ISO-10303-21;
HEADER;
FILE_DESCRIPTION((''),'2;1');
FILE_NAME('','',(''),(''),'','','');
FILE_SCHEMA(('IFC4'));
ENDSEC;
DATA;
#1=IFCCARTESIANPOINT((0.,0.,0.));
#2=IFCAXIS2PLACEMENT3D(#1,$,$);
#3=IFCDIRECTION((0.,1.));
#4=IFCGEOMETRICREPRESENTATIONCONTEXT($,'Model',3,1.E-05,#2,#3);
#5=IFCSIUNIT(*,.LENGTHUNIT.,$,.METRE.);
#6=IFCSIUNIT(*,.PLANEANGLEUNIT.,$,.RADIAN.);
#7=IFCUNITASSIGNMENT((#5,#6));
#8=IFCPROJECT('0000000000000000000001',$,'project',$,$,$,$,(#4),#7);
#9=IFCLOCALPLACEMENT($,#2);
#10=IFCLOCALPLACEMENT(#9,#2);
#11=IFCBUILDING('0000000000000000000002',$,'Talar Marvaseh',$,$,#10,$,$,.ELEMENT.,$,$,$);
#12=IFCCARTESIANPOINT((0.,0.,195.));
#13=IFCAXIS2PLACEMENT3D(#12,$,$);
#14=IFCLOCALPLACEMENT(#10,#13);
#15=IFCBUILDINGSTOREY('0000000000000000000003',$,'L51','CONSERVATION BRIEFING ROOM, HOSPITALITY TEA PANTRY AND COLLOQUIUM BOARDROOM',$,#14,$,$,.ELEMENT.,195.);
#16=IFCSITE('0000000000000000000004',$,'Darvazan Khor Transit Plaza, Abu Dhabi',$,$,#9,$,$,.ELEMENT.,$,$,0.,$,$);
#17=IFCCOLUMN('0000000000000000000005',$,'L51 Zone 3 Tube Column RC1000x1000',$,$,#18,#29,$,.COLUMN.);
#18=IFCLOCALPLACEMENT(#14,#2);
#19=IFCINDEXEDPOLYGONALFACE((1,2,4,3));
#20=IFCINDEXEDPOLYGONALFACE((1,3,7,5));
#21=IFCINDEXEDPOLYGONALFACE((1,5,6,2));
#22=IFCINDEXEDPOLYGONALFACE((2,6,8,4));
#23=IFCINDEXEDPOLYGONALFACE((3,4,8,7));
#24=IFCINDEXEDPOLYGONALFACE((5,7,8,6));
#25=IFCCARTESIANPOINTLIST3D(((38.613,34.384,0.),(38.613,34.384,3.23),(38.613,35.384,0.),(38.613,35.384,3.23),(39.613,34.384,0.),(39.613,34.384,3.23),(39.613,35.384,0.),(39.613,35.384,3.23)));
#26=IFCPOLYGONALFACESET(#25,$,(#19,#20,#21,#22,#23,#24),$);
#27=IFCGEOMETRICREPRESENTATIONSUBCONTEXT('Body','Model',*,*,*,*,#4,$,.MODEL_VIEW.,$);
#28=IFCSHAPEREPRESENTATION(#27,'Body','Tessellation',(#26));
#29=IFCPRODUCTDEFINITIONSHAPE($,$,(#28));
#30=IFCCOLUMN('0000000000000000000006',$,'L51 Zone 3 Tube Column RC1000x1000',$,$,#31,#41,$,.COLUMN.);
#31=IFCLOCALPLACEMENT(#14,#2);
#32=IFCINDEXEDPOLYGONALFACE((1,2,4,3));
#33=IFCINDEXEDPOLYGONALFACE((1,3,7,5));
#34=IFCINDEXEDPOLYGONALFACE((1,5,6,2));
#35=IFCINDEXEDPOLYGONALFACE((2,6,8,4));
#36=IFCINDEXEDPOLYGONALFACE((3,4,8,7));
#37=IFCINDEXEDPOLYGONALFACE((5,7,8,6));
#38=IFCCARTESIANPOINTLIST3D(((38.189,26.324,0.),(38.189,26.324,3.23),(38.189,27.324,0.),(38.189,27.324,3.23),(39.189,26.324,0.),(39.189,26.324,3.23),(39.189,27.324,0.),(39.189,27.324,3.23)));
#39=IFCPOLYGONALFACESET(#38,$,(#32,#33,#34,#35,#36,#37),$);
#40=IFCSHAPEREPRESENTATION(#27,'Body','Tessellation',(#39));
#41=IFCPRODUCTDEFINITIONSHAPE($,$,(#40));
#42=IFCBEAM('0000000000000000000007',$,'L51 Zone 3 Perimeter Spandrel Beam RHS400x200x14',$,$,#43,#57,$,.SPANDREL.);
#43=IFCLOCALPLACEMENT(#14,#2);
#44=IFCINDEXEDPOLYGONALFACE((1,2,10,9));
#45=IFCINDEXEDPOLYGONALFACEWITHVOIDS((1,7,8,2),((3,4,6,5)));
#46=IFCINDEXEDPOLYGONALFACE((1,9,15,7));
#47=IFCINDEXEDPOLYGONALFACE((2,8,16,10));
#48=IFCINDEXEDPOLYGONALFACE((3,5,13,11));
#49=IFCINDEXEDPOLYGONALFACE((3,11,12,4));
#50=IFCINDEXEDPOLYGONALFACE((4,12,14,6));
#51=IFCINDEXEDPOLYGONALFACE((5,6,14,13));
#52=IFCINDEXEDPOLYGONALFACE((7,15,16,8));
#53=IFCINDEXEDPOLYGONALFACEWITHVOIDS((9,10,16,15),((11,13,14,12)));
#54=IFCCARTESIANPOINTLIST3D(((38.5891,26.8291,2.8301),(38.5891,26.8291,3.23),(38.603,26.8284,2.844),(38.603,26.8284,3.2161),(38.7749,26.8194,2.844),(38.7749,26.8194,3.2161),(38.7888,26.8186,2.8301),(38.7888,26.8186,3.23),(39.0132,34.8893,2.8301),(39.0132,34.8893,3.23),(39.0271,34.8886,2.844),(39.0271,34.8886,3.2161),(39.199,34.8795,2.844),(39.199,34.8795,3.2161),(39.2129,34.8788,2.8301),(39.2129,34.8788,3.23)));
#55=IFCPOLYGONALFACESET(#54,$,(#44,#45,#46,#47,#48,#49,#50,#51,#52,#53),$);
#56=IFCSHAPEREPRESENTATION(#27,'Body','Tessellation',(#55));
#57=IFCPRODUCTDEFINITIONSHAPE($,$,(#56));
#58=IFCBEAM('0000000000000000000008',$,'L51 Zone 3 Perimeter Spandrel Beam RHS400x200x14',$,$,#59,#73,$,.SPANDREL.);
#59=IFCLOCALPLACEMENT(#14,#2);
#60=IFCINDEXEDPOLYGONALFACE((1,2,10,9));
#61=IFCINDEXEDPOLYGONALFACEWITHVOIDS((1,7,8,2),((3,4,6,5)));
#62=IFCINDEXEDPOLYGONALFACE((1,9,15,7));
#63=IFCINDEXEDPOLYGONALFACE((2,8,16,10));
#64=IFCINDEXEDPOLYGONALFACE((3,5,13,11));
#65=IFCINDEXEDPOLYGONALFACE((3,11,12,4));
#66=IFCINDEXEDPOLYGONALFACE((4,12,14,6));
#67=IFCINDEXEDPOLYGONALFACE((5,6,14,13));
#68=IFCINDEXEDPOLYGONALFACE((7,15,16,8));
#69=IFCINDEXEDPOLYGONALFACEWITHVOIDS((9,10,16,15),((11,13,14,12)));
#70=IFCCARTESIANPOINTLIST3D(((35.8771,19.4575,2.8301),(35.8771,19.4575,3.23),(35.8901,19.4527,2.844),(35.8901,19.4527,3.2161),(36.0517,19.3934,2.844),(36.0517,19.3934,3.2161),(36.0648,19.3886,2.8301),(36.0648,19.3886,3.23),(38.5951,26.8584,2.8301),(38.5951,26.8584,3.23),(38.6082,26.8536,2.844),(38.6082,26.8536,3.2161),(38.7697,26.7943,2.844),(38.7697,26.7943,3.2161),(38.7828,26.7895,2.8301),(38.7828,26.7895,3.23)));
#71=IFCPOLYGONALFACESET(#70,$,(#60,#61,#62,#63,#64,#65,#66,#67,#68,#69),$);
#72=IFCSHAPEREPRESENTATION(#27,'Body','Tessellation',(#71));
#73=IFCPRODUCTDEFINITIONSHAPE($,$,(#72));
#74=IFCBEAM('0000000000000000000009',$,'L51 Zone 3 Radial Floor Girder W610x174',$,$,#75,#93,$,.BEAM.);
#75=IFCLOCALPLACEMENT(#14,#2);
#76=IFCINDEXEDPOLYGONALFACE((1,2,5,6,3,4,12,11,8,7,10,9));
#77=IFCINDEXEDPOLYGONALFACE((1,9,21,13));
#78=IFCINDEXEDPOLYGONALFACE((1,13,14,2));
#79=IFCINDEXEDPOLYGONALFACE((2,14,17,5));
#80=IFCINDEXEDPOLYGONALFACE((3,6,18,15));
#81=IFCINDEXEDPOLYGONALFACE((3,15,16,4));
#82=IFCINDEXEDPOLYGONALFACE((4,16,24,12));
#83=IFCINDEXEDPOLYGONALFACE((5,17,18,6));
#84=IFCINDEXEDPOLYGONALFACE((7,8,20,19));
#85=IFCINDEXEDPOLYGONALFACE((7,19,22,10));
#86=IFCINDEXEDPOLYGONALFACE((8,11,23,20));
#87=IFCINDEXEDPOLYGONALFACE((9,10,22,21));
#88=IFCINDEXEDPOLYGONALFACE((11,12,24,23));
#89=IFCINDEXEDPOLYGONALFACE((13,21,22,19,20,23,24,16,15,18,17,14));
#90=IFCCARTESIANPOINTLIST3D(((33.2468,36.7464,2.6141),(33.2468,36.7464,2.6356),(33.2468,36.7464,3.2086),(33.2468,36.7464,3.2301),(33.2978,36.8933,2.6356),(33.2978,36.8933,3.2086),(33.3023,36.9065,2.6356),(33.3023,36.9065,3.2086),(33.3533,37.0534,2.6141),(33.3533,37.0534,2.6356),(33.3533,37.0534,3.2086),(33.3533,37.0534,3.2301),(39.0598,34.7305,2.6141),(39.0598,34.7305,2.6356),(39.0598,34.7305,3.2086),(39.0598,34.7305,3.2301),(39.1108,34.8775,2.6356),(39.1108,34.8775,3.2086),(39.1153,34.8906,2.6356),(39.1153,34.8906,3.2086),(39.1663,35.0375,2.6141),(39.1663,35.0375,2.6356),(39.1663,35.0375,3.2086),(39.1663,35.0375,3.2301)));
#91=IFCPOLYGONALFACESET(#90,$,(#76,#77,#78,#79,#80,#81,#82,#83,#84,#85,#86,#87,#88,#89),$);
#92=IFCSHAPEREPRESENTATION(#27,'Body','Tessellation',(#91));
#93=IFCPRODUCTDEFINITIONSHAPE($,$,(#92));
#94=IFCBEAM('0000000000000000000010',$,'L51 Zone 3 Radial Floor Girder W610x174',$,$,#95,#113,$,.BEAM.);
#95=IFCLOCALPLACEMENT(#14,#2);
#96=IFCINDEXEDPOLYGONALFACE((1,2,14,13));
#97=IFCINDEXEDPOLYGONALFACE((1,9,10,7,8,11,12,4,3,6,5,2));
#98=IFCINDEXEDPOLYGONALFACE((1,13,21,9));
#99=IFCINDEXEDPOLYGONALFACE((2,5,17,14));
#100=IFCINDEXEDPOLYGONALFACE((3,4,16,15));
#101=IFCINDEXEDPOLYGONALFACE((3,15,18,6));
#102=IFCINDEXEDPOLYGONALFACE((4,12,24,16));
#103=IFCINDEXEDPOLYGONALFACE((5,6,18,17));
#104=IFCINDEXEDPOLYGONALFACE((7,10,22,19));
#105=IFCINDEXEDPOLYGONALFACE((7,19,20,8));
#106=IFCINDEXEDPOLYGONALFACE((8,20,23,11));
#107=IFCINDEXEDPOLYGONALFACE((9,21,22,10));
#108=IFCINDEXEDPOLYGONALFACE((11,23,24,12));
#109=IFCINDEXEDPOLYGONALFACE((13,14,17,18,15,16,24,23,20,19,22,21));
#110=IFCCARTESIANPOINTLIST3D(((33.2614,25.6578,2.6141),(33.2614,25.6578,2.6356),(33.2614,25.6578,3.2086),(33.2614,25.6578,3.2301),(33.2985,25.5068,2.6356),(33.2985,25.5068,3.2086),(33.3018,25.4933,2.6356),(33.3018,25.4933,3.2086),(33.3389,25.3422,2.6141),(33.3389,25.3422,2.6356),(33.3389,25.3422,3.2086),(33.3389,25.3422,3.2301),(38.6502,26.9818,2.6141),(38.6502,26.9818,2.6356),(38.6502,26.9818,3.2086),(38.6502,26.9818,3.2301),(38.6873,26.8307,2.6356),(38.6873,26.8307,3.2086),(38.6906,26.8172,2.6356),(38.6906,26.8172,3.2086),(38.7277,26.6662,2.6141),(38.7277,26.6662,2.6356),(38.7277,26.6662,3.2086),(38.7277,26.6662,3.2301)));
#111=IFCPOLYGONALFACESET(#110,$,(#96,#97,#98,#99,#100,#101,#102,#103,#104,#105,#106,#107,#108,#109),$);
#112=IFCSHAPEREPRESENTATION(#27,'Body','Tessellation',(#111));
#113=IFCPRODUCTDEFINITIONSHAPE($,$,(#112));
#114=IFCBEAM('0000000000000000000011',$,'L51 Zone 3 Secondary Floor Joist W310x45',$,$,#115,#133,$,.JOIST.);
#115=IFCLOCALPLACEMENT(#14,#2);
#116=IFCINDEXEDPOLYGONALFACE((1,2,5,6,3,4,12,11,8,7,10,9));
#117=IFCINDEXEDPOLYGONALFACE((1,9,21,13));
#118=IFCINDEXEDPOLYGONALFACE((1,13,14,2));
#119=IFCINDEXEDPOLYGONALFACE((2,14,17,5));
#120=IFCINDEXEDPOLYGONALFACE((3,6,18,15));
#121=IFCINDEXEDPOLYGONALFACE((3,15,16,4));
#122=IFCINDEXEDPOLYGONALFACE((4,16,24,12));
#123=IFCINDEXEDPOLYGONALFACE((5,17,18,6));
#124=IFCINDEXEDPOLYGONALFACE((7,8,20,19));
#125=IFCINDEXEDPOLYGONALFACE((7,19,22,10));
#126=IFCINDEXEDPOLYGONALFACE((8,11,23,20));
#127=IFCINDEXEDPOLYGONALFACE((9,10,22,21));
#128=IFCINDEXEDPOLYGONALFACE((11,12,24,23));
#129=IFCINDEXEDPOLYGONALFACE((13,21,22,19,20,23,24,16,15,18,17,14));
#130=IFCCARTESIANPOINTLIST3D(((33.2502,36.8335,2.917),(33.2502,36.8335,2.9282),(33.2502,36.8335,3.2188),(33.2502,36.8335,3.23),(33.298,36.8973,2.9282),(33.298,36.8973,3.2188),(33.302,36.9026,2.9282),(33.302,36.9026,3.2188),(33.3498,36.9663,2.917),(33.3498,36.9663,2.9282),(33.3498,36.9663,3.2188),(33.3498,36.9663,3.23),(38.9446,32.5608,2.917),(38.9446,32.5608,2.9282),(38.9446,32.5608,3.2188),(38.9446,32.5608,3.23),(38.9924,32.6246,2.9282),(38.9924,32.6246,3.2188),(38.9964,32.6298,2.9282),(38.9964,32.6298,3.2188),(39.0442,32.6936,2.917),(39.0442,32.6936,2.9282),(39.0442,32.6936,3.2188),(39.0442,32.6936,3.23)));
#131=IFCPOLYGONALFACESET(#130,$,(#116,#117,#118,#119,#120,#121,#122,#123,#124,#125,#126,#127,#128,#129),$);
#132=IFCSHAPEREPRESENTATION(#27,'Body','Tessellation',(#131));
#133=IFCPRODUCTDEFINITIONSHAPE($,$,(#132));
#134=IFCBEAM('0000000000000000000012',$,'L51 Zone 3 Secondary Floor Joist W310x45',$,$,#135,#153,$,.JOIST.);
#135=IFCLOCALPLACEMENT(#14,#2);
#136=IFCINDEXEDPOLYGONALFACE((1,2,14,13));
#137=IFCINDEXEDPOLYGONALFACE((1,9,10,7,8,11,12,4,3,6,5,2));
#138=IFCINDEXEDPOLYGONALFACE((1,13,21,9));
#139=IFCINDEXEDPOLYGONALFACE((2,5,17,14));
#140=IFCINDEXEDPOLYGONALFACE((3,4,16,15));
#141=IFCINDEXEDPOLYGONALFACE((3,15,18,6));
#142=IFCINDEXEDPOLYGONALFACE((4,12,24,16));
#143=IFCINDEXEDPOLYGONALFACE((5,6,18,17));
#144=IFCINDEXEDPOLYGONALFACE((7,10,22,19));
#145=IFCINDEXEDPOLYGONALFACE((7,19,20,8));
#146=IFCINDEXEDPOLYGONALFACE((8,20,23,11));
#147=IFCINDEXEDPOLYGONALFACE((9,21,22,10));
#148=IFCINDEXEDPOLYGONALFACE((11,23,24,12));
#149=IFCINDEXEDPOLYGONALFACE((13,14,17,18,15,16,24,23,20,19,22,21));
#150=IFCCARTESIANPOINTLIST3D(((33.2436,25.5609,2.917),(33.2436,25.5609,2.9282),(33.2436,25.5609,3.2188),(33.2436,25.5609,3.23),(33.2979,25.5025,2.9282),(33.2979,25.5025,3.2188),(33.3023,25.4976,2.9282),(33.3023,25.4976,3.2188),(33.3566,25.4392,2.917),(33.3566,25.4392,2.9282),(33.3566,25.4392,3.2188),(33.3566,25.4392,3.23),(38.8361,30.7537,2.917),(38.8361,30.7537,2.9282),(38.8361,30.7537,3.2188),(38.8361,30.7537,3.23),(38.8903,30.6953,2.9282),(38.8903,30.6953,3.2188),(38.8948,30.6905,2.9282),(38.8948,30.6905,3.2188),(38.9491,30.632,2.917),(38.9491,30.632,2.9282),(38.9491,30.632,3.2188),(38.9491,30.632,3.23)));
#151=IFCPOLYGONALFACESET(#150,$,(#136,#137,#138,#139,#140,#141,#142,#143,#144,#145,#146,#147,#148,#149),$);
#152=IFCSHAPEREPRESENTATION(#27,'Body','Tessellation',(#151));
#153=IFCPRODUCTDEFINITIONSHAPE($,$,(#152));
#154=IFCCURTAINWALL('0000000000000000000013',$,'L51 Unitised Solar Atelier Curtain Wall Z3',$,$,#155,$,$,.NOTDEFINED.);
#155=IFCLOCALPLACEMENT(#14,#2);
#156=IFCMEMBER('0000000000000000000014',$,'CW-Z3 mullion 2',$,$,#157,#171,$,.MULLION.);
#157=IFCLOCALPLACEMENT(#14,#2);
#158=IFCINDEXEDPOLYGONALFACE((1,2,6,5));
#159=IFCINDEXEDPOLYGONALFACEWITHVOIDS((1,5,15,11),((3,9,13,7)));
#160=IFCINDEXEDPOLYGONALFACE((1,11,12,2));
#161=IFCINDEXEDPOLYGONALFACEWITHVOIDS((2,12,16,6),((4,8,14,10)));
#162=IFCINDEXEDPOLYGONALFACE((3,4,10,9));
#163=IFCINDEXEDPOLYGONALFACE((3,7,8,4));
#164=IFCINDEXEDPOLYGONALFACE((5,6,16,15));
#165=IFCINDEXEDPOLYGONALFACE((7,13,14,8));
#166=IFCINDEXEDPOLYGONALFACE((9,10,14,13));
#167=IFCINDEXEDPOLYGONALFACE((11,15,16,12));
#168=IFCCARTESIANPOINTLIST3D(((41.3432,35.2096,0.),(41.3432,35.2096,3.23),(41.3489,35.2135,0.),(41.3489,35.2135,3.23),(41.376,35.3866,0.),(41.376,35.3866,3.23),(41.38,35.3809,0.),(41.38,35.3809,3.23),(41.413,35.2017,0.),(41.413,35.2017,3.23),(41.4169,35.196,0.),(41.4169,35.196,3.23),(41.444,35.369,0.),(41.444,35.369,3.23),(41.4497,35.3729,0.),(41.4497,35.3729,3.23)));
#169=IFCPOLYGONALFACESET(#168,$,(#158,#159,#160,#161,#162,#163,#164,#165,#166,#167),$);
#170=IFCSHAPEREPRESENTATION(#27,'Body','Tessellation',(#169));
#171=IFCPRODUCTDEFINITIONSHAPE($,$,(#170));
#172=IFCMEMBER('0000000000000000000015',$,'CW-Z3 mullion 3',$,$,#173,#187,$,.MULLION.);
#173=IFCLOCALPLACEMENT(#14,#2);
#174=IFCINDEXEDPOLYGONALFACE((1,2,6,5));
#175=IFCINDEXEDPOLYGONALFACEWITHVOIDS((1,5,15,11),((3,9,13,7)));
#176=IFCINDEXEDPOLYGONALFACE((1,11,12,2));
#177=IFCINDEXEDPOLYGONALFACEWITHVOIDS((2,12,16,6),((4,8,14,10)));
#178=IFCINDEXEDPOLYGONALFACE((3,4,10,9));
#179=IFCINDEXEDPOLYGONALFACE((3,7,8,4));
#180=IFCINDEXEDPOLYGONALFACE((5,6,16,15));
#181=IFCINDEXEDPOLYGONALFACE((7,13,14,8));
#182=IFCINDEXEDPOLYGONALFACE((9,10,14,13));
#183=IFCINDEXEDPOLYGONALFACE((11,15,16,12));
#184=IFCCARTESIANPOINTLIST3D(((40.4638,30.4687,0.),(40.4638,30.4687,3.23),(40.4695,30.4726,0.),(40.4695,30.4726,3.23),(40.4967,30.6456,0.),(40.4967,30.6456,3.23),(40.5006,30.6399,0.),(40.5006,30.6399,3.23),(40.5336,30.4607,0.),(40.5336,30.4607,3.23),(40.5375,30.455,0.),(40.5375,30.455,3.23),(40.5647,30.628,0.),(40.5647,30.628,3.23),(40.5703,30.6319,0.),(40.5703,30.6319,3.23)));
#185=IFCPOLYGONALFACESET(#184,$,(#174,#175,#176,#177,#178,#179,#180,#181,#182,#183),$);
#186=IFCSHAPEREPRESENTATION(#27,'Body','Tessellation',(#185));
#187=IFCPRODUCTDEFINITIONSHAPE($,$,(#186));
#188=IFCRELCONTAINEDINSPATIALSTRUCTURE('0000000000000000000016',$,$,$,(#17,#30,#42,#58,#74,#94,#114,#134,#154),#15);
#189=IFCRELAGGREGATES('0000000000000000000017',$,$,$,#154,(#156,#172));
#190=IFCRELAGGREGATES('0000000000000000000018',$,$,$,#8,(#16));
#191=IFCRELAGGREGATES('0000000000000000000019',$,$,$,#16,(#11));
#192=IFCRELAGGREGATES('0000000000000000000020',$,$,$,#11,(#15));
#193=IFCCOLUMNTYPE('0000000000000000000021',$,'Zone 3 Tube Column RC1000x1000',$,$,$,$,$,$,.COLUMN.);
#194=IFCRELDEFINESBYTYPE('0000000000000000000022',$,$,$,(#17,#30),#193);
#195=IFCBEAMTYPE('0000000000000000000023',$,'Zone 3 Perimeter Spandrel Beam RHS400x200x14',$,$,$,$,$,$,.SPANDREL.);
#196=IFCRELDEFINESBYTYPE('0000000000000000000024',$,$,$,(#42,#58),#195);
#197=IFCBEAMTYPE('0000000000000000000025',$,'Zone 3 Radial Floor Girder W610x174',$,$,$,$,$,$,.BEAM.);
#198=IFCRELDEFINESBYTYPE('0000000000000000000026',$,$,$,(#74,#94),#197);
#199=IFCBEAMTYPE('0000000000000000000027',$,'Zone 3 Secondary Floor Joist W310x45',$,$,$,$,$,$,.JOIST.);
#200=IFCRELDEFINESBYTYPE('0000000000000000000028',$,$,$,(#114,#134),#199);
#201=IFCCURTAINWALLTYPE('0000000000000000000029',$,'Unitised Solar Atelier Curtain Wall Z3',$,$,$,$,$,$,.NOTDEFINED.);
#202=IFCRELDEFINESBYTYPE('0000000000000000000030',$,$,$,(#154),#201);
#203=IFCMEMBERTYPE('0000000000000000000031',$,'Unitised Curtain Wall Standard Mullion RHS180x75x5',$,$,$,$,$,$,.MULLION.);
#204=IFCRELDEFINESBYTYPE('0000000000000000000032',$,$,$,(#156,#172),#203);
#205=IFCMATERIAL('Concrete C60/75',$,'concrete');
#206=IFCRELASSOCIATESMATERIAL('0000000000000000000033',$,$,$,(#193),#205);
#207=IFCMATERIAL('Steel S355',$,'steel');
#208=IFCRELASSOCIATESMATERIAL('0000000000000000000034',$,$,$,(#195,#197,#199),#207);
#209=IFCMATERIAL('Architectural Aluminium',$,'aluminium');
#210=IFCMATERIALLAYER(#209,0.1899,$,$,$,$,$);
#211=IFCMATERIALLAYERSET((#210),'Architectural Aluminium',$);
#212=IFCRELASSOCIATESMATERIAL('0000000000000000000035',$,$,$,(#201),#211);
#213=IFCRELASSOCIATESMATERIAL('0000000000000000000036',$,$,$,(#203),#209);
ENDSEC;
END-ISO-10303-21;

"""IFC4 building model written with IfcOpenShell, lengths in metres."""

from ifc_helpers import new_model, si_unit, direction, frame, origin, origin_2d, place, context, subcontext, project, spatial, rectangle, hollow_rectangle, i_section, extrude, source, transform, mapped, material, layer, layer_set, material_profile, profile_set, type_object, type_shapes, element, aggregate, save


model = new_model("IFC4")

# Units and contexts
model_context = context("Model", 3, precision=1e-05, world=origin(), true_north=direction((0.0, 1.0)))
body_context = subcontext(model_context, "Body", "Model", "MODEL_VIEW")
ifc_project = project(units=[si_unit("LENGTHUNIT", "METRE"), si_unit("PLANEANGLEUNIT", "RADIAN")], contexts=[model_context])

# Site, building, storey
site_placement = place(None, origin())
site = spatial("IfcSite", under=ifc_project, at=site_placement, Name="Darvazan Khor Transit Plaza, Abu Dhabi", CompositionType="ELEMENT", RefElevation=0.0)
building_placement = place(site_placement, origin())
building = spatial("IfcBuilding", under=site, at=building_placement, Name="Talar Marvaseh", CompositionType="ELEMENT")
storey_placement = place(building_placement, frame((0.0, 0.0, 195.0)))
storey = spatial("IfcBuildingStorey", under=building, at=storey_placement, Name="L51", Description="CONSERVATION BRIEFING ROOM, HOSPITALITY TEA PANTRY AND COLLOQUIUM BOARDROOM", CompositionType="ELEMENT", Elevation=195.0)

# Columns
ifc_material_1 = material(Name="Concrete C60/75", Category="concrete")
ifc_material_profile_1 = material_profile(ifc_material_1, rectangle(XDim=1.0, YDim=1.0, at=origin_2d()), Name="RC1000x1000")
ifc_profile_set_1 = profile_set([ifc_material_profile_1], Name="Concrete C60/75")
column_type = type_object("IfcColumnType", Name="Zone 3 Tube Column RC1000x1000", PredefinedType="COLUMN", material=ifc_profile_set_1)
for number, where, z_axis, x_axis, name in (
    (1, (39.113, 34.884, 0.0), (0.0, 0.0, 1.0), (1.0, 0.0, 0.0), "L51 Zone 3 Tube Column RC1000x1000"),
    (2, (38.689, 26.824, 0.0), (0.0, 0.0, 1.0), (1.0, 0.0, 0.0), "L51 Zone 3 Tube Column RC1000x1000"),
):
    element("IfcColumn", number, at=place(storey_placement, frame(where, z_axis=z_axis, x_axis=x_axis)), inside=storey, type_object=column_type, Name=name, PredefinedType="COLUMN", context=body_context, shape_type="SweptSolid", body=[
        extrude(rectangle(XDim=1.0, YDim=1.0, at=origin_2d()), origin(), (0.0, 0.0, 1.0), 3.23),
    ])

# Beams
ifc_material_2 = material(Name="Steel S355", Category="steel")
ifc_material_profile_2 = material_profile(ifc_material_2, hollow_rectangle(XDim=0.2, YDim=0.3999, WallThickness=0.0139, at=origin_2d()), Name="RHS400x200x14")
ifc_profile_set_2 = profile_set([ifc_material_profile_2], Name="Steel S355")
beam_type_1 = type_object("IfcBeamType", Name="Zone 3 Perimeter Spandrel Beam RHS400x200x14", PredefinedType="SPANDREL", material=ifc_profile_set_2)
beam_1_placement = place(storey_placement, frame((39.113, 34.884, 3.03), z_axis=(-0.052541, -0.998619, 0.0), x_axis=(0.998619, -0.052541, 0.0)))
element("IfcBeam", 3, at=beam_1_placement, inside=storey, type_object=beam_type_1, Name="L51 Zone 3 Perimeter Spandrel Beam RHS400x200x14", PredefinedType="SPANDREL", context=body_context, shape_type="SweptSolid", body=[
    extrude(hollow_rectangle(XDim=0.2, YDim=0.3999, WallThickness=0.0139, at=origin_2d()), origin(), (0.0, 0.0, 1.0), 8.0713),
])
beam_2_placement = place(storey_placement, frame((38.689, 26.824, 3.03), z_axis=(-0.344742, -0.938697, 0.0), x_axis=(0.938697, -0.344742, 0.0)))
element("IfcBeam", 4, at=beam_2_placement, inside=storey, type_object=beam_type_1, Name="L51 Zone 3 Perimeter Spandrel Beam RHS400x200x14", PredefinedType="SPANDREL", context=body_context, shape_type="SweptSolid", body=[
    extrude(hollow_rectangle(XDim=0.2, YDim=0.3999, WallThickness=0.0139, at=origin_2d()), origin(), (0.0, 0.0, 1.0), 7.8843),
])
ifc_material_profile_3 = material_profile(ifc_material_2, i_section(OverallWidth=0.325, OverallDepth=0.616, WebThickness=0.0139, FlangeThickness=0.0215, at=origin_2d()), Name="W610x174")
ifc_profile_set_3 = profile_set([ifc_material_profile_3], Name="Steel S355")
beam_type_2 = type_object("IfcBeamType", Name="Zone 3 Radial Floor Girder W610x174", PredefinedType="BEAM", material=ifc_profile_set_3)
beam_3_placement = place(storey_placement, frame((39.113, 34.884, 2.9221), z_axis=(-0.944801, 0.327645, 0.0), x_axis=(-0.327645, -0.944801, 0.0)))
element("IfcBeam", 5, at=beam_3_placement, inside=storey, type_object=beam_type_2, Name="L51 Zone 3 Radial Floor Girder W610x174", PredefinedType="BEAM", context=body_context, shape_type="SweptSolid", body=[
    extrude(i_section(OverallWidth=0.325, OverallDepth=0.616, WebThickness=0.0139, FlangeThickness=0.0215, at=origin_2d()), origin(), (0.0, 0.0, 1.0), 6.1526),
])
beam_4_placement = place(storey_placement, frame((38.689, 26.824, 2.9221), z_axis=(-0.971121, -0.23859, 0.0), x_axis=(0.23859, -0.971121, 0.0)))
element("IfcBeam", 6, at=beam_4_placement, inside=storey, type_object=beam_type_2, Name="L51 Zone 3 Radial Floor Girder W610x174", PredefinedType="BEAM", context=body_context, shape_type="SweptSolid", body=[
    extrude(i_section(OverallWidth=0.325, OverallDepth=0.616, WebThickness=0.0139, FlangeThickness=0.0215, at=origin_2d()), origin(), (0.0, 0.0, 1.0), 5.5491),
])
ifc_material_profile_4 = material_profile(ifc_material_2, i_section(OverallWidth=0.166, OverallDepth=0.313, WebThickness=0.0066, FlangeThickness=0.0112, at=origin_2d()), Name="W310x45")
ifc_profile_set_4 = profile_set([ifc_material_profile_4], Name="Steel S355")
beam_type_3 = type_object("IfcBeamType", Name="Zone 3 Secondary Floor Joist W310x45", PredefinedType="JOIST", material=ifc_profile_set_4)
beam_5_placement = place(storey_placement, frame((38.9944, 32.6272, 3.0735), z_axis=(-0.799868, 0.600176, 0.0), x_axis=(-0.600176, -0.799868, 0.0)))
element("IfcBeam", 7, at=beam_5_placement, inside=storey, type_object=beam_type_3, Name="L51 Zone 3 Secondary Floor Joist W310x45", PredefinedType="JOIST", context=body_context, shape_type="SweptSolid", body=[
    extrude(i_section(OverallWidth=0.166, OverallDepth=0.313, WebThickness=0.0066, FlangeThickness=0.0112, at=origin_2d()), origin(), (0.0, 0.0, 1.0), 7.1191),
])
beam_6_placement = place(storey_placement, frame((38.8926, 30.6929, 3.0735), z_axis=(-0.732806, -0.680438, 0.0), x_axis=(0.680438, -0.732806, 0.0)))
element("IfcBeam", 8, at=beam_6_placement, inside=storey, type_object=beam_type_3, Name="L51 Zone 3 Secondary Floor Joist W310x45", PredefinedType="JOIST", context=body_context, shape_type="SweptSolid", body=[
    extrude(i_section(OverallWidth=0.166, OverallDepth=0.313, WebThickness=0.0066, FlangeThickness=0.0112, at=origin_2d()), origin(), (0.0, 0.0, 1.0), 7.6316),
])

# Curtain wall, members
ifc_material_3 = material(Name="Architectural Aluminium", Category="aluminium")
ifc_layer_1 = layer(ifc_material_3, 0.1899)
ifc_layer_set_1 = layer_set([ifc_layer_1], Name="Architectural Aluminium")
curtain_wall_type = type_object("IfcCurtainWallType", Name="Unitised Solar Atelier Curtain Wall Z3", PredefinedType="NOTDEFINED", material=ifc_layer_set_1)
curtain_wall_placement = place(storey_placement, origin())
curtain_wall = element("IfcCurtainWall", 9, at=curtain_wall_placement, inside=storey, type_object=curtain_wall_type, Name="L51 Unitised Solar Atelier Curtain Wall Z3", PredefinedType="NOTDEFINED")
ifc_material_profile_5 = material_profile(ifc_material_3, hollow_rectangle(XDim=0.075, YDim=0.1799, WallThickness=0.0049, at=origin_2d()), Name="RHS180x75x5")
ifc_profile_set_5 = profile_set([ifc_material_profile_5], Name="Architectural Aluminium")
member_type_1 = type_object("IfcMemberType", Name="Unitised Curtain Wall Standard Mullion RHS180x75x5", PredefinedType="MULLION", material=ifc_profile_set_5)
shared_shape_1 = source(origin(), body_context, "Body", "SweptSolid", [
    extrude(hollow_rectangle(XDim=0.075, YDim=0.1799, WallThickness=0.0049, at=origin_2d()), origin(), (0.0, 0.0, 1.0), 3.23),
])
type_shapes(member_type_1, [shared_shape_1])
member_1_placement = place(storey_placement, frame((41.3965, 35.2913, 0.0), z_axis=(0.0, 0.0, 1.0), x_axis=(0.983227, -0.182387, 0.0)))
member_1 = element("IfcMember", 10, at=member_1_placement, type_object=member_type_1, Name="CW-Z3 mullion 2", PredefinedType="MULLION", context=body_context, shape_type="MappedRepresentation", body=[
    mapped(shared_shape_1, transform((0.0, 0.0, 0.0), x_axis=(1.0, 0.0, 0.0), y_axis=(0.0, 1.0, 0.0), z_axis=(0.0, 0.0, 1.0), scale=1.0)),
])
member_2_placement = place(storey_placement, frame((40.5171, 30.5503, 0.0), z_axis=(0.0, 0.0, 1.0), x_axis=(0.983227, -0.182387, 0.0)))
member_2 = element("IfcMember", 11, at=member_2_placement, type_object=member_type_1, Name="CW-Z3 mullion 3", PredefinedType="MULLION", context=body_context, shape_type="MappedRepresentation", body=[
    mapped(shared_shape_1, transform((0.0, 0.0, 0.0), x_axis=(1.0, 0.0, 0.0), y_axis=(0.0, 1.0, 0.0), z_axis=(0.0, 0.0, 1.0), scale=1.0)),
])
aggregate(curtain_wall, [member_1, member_2])

save(model, "model.ifc")
